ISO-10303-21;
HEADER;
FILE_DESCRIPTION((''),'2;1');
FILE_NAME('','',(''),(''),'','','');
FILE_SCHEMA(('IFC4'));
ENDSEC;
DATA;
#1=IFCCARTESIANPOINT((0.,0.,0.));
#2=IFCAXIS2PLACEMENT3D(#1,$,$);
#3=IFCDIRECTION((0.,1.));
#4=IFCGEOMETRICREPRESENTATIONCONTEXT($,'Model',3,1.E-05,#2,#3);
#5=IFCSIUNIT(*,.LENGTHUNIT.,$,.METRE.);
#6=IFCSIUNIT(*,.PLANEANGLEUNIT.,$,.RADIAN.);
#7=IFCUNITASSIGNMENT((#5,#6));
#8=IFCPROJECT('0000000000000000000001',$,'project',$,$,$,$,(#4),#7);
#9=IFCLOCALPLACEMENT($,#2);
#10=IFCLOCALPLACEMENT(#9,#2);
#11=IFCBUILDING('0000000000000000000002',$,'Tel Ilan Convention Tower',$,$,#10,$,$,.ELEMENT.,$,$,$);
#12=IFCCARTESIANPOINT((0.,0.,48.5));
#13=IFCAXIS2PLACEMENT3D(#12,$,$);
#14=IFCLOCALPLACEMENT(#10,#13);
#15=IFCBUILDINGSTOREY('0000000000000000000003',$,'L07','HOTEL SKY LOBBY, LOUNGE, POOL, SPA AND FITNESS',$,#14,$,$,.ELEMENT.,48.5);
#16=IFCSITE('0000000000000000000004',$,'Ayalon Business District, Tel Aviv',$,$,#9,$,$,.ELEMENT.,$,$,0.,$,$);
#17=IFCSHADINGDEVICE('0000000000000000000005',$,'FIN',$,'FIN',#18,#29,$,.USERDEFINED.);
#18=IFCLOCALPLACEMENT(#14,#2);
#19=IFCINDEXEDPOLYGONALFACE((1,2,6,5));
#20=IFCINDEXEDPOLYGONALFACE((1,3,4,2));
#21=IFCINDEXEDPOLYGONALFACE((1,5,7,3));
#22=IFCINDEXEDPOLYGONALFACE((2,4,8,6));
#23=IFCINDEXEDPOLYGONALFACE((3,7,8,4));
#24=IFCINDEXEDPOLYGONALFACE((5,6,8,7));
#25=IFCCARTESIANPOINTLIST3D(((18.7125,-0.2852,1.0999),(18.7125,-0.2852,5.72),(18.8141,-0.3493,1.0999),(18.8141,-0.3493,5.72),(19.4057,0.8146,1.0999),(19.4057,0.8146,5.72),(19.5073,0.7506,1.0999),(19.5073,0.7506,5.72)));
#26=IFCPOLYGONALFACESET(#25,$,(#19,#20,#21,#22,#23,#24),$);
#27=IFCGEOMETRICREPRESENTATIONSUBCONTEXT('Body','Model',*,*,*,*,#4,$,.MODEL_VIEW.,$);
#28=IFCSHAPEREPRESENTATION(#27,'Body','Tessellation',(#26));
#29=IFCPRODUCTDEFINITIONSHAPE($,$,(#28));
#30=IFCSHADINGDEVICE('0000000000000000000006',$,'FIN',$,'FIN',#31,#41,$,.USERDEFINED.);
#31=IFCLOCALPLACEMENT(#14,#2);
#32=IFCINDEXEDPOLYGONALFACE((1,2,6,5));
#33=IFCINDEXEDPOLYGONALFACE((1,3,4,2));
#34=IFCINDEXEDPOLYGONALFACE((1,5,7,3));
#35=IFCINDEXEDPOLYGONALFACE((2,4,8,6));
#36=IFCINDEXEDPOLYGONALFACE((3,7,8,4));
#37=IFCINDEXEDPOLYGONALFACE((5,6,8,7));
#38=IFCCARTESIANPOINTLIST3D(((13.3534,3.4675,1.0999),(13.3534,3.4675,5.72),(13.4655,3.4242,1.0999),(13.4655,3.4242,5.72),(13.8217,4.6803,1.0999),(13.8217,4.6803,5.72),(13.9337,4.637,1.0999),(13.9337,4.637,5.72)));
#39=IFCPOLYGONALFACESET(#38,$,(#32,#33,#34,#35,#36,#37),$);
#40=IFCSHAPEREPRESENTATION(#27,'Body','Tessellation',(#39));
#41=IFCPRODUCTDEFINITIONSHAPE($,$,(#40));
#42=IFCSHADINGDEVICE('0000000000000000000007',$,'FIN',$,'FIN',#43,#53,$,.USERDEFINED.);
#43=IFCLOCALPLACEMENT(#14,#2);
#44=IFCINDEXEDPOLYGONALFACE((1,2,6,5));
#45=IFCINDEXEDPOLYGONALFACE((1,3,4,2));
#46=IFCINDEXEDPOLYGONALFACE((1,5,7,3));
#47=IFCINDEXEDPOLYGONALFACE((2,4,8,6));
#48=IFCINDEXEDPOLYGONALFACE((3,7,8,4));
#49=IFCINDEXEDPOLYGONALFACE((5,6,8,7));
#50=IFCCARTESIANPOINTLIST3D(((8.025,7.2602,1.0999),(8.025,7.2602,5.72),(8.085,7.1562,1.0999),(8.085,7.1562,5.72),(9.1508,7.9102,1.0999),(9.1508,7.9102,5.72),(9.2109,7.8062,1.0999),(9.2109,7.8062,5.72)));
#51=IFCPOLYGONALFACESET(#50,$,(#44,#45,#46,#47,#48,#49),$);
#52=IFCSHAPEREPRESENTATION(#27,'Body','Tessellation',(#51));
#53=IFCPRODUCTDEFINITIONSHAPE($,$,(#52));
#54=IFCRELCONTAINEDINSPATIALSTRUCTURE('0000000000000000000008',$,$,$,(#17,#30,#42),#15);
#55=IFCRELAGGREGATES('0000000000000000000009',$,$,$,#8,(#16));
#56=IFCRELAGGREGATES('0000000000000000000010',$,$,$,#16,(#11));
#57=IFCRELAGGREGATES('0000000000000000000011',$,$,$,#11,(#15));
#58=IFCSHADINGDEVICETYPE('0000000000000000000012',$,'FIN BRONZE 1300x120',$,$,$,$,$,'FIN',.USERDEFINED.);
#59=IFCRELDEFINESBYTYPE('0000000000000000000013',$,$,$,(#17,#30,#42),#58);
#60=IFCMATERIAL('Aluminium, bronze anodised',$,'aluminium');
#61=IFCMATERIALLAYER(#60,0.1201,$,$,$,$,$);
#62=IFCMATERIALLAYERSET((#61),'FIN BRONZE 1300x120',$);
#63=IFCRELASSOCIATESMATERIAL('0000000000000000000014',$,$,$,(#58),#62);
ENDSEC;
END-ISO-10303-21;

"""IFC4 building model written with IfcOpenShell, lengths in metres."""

from ifc_helpers import new_model, si_unit, direction, frame, origin, origin_2d, place, context, subcontext, project, spatial, rectangle, extrude, material, layer, layer_set, type_object, element, save


model = new_model("IFC4")

# Units and contexts
model_context = context("Model", 3, precision=1e-05, world=origin(), true_north=direction((0.0, 1.0)))
body_context = subcontext(model_context, "Body", "Model", "MODEL_VIEW")
ifc_project = project(units=[si_unit("LENGTHUNIT", "METRE"), si_unit("PLANEANGLEUNIT", "RADIAN")], contexts=[model_context])

# Site, building, storey
site_placement = place(None, origin())
site = spatial("IfcSite", under=ifc_project, at=site_placement, Name="Ayalon Business District, Tel Aviv", CompositionType="ELEMENT", RefElevation=0.0)
building_placement = place(site_placement, origin())
building = spatial("IfcBuilding", under=site, at=building_placement, Name="Tel Ilan Convention Tower", CompositionType="ELEMENT")
storey_placement = place(building_placement, frame((0.0, 0.0, 48.5)))
storey = spatial("IfcBuildingStorey", under=building, at=storey_placement, Name="L07", Description="HOTEL SKY LOBBY, LOUNGE, POOL, SPA AND FITNESS", CompositionType="ELEMENT", Elevation=48.5)

# Shading devices
ifc_material_1 = material(Name="Aluminium, bronze anodised", Category="aluminium")
ifc_layer_1 = layer(ifc_material_1, 0.1201)
ifc_layer_set_1 = layer_set([ifc_layer_1], Name="FIN BRONZE 1300x120")
shading_device_type = type_object("IfcShadingDeviceType", Name="FIN BRONZE 1300x120", ElementType="FIN", PredefinedType="USERDEFINED", material=ifc_layer_set_1)
for number, where, z_axis, x_axis, name in (
    (1, (19.1099, 0.2327, 1.0999), (0.0, 0.0, 1.0), (0.533204, 0.845986, 0.0), "FIN"),
    (2, (13.6436, 4.0522, 1.0999), (0.0, 0.0, 1.0), (0.360178, 0.932884, 0.0), "FIN"),
    (3, (8.6179, 7.5332, 1.0999), (0.0, 0.0, 1.0), (0.866025, 0.5, 0.0), "FIN"),
):
    element("IfcShadingDevice", number, at=place(storey_placement, frame(where, z_axis=z_axis, x_axis=x_axis)), inside=storey, type_object=shading_device_type, Name=name, ObjectType="FIN", PredefinedType="USERDEFINED", context=body_context, shape_type="SweptSolid", body=[
        extrude(rectangle(XDim=1.3, YDim=0.1201, at=origin_2d()), origin(), (0.0, 0.0, 1.0), 4.6201),
    ])

save(model, "model.ifc")
